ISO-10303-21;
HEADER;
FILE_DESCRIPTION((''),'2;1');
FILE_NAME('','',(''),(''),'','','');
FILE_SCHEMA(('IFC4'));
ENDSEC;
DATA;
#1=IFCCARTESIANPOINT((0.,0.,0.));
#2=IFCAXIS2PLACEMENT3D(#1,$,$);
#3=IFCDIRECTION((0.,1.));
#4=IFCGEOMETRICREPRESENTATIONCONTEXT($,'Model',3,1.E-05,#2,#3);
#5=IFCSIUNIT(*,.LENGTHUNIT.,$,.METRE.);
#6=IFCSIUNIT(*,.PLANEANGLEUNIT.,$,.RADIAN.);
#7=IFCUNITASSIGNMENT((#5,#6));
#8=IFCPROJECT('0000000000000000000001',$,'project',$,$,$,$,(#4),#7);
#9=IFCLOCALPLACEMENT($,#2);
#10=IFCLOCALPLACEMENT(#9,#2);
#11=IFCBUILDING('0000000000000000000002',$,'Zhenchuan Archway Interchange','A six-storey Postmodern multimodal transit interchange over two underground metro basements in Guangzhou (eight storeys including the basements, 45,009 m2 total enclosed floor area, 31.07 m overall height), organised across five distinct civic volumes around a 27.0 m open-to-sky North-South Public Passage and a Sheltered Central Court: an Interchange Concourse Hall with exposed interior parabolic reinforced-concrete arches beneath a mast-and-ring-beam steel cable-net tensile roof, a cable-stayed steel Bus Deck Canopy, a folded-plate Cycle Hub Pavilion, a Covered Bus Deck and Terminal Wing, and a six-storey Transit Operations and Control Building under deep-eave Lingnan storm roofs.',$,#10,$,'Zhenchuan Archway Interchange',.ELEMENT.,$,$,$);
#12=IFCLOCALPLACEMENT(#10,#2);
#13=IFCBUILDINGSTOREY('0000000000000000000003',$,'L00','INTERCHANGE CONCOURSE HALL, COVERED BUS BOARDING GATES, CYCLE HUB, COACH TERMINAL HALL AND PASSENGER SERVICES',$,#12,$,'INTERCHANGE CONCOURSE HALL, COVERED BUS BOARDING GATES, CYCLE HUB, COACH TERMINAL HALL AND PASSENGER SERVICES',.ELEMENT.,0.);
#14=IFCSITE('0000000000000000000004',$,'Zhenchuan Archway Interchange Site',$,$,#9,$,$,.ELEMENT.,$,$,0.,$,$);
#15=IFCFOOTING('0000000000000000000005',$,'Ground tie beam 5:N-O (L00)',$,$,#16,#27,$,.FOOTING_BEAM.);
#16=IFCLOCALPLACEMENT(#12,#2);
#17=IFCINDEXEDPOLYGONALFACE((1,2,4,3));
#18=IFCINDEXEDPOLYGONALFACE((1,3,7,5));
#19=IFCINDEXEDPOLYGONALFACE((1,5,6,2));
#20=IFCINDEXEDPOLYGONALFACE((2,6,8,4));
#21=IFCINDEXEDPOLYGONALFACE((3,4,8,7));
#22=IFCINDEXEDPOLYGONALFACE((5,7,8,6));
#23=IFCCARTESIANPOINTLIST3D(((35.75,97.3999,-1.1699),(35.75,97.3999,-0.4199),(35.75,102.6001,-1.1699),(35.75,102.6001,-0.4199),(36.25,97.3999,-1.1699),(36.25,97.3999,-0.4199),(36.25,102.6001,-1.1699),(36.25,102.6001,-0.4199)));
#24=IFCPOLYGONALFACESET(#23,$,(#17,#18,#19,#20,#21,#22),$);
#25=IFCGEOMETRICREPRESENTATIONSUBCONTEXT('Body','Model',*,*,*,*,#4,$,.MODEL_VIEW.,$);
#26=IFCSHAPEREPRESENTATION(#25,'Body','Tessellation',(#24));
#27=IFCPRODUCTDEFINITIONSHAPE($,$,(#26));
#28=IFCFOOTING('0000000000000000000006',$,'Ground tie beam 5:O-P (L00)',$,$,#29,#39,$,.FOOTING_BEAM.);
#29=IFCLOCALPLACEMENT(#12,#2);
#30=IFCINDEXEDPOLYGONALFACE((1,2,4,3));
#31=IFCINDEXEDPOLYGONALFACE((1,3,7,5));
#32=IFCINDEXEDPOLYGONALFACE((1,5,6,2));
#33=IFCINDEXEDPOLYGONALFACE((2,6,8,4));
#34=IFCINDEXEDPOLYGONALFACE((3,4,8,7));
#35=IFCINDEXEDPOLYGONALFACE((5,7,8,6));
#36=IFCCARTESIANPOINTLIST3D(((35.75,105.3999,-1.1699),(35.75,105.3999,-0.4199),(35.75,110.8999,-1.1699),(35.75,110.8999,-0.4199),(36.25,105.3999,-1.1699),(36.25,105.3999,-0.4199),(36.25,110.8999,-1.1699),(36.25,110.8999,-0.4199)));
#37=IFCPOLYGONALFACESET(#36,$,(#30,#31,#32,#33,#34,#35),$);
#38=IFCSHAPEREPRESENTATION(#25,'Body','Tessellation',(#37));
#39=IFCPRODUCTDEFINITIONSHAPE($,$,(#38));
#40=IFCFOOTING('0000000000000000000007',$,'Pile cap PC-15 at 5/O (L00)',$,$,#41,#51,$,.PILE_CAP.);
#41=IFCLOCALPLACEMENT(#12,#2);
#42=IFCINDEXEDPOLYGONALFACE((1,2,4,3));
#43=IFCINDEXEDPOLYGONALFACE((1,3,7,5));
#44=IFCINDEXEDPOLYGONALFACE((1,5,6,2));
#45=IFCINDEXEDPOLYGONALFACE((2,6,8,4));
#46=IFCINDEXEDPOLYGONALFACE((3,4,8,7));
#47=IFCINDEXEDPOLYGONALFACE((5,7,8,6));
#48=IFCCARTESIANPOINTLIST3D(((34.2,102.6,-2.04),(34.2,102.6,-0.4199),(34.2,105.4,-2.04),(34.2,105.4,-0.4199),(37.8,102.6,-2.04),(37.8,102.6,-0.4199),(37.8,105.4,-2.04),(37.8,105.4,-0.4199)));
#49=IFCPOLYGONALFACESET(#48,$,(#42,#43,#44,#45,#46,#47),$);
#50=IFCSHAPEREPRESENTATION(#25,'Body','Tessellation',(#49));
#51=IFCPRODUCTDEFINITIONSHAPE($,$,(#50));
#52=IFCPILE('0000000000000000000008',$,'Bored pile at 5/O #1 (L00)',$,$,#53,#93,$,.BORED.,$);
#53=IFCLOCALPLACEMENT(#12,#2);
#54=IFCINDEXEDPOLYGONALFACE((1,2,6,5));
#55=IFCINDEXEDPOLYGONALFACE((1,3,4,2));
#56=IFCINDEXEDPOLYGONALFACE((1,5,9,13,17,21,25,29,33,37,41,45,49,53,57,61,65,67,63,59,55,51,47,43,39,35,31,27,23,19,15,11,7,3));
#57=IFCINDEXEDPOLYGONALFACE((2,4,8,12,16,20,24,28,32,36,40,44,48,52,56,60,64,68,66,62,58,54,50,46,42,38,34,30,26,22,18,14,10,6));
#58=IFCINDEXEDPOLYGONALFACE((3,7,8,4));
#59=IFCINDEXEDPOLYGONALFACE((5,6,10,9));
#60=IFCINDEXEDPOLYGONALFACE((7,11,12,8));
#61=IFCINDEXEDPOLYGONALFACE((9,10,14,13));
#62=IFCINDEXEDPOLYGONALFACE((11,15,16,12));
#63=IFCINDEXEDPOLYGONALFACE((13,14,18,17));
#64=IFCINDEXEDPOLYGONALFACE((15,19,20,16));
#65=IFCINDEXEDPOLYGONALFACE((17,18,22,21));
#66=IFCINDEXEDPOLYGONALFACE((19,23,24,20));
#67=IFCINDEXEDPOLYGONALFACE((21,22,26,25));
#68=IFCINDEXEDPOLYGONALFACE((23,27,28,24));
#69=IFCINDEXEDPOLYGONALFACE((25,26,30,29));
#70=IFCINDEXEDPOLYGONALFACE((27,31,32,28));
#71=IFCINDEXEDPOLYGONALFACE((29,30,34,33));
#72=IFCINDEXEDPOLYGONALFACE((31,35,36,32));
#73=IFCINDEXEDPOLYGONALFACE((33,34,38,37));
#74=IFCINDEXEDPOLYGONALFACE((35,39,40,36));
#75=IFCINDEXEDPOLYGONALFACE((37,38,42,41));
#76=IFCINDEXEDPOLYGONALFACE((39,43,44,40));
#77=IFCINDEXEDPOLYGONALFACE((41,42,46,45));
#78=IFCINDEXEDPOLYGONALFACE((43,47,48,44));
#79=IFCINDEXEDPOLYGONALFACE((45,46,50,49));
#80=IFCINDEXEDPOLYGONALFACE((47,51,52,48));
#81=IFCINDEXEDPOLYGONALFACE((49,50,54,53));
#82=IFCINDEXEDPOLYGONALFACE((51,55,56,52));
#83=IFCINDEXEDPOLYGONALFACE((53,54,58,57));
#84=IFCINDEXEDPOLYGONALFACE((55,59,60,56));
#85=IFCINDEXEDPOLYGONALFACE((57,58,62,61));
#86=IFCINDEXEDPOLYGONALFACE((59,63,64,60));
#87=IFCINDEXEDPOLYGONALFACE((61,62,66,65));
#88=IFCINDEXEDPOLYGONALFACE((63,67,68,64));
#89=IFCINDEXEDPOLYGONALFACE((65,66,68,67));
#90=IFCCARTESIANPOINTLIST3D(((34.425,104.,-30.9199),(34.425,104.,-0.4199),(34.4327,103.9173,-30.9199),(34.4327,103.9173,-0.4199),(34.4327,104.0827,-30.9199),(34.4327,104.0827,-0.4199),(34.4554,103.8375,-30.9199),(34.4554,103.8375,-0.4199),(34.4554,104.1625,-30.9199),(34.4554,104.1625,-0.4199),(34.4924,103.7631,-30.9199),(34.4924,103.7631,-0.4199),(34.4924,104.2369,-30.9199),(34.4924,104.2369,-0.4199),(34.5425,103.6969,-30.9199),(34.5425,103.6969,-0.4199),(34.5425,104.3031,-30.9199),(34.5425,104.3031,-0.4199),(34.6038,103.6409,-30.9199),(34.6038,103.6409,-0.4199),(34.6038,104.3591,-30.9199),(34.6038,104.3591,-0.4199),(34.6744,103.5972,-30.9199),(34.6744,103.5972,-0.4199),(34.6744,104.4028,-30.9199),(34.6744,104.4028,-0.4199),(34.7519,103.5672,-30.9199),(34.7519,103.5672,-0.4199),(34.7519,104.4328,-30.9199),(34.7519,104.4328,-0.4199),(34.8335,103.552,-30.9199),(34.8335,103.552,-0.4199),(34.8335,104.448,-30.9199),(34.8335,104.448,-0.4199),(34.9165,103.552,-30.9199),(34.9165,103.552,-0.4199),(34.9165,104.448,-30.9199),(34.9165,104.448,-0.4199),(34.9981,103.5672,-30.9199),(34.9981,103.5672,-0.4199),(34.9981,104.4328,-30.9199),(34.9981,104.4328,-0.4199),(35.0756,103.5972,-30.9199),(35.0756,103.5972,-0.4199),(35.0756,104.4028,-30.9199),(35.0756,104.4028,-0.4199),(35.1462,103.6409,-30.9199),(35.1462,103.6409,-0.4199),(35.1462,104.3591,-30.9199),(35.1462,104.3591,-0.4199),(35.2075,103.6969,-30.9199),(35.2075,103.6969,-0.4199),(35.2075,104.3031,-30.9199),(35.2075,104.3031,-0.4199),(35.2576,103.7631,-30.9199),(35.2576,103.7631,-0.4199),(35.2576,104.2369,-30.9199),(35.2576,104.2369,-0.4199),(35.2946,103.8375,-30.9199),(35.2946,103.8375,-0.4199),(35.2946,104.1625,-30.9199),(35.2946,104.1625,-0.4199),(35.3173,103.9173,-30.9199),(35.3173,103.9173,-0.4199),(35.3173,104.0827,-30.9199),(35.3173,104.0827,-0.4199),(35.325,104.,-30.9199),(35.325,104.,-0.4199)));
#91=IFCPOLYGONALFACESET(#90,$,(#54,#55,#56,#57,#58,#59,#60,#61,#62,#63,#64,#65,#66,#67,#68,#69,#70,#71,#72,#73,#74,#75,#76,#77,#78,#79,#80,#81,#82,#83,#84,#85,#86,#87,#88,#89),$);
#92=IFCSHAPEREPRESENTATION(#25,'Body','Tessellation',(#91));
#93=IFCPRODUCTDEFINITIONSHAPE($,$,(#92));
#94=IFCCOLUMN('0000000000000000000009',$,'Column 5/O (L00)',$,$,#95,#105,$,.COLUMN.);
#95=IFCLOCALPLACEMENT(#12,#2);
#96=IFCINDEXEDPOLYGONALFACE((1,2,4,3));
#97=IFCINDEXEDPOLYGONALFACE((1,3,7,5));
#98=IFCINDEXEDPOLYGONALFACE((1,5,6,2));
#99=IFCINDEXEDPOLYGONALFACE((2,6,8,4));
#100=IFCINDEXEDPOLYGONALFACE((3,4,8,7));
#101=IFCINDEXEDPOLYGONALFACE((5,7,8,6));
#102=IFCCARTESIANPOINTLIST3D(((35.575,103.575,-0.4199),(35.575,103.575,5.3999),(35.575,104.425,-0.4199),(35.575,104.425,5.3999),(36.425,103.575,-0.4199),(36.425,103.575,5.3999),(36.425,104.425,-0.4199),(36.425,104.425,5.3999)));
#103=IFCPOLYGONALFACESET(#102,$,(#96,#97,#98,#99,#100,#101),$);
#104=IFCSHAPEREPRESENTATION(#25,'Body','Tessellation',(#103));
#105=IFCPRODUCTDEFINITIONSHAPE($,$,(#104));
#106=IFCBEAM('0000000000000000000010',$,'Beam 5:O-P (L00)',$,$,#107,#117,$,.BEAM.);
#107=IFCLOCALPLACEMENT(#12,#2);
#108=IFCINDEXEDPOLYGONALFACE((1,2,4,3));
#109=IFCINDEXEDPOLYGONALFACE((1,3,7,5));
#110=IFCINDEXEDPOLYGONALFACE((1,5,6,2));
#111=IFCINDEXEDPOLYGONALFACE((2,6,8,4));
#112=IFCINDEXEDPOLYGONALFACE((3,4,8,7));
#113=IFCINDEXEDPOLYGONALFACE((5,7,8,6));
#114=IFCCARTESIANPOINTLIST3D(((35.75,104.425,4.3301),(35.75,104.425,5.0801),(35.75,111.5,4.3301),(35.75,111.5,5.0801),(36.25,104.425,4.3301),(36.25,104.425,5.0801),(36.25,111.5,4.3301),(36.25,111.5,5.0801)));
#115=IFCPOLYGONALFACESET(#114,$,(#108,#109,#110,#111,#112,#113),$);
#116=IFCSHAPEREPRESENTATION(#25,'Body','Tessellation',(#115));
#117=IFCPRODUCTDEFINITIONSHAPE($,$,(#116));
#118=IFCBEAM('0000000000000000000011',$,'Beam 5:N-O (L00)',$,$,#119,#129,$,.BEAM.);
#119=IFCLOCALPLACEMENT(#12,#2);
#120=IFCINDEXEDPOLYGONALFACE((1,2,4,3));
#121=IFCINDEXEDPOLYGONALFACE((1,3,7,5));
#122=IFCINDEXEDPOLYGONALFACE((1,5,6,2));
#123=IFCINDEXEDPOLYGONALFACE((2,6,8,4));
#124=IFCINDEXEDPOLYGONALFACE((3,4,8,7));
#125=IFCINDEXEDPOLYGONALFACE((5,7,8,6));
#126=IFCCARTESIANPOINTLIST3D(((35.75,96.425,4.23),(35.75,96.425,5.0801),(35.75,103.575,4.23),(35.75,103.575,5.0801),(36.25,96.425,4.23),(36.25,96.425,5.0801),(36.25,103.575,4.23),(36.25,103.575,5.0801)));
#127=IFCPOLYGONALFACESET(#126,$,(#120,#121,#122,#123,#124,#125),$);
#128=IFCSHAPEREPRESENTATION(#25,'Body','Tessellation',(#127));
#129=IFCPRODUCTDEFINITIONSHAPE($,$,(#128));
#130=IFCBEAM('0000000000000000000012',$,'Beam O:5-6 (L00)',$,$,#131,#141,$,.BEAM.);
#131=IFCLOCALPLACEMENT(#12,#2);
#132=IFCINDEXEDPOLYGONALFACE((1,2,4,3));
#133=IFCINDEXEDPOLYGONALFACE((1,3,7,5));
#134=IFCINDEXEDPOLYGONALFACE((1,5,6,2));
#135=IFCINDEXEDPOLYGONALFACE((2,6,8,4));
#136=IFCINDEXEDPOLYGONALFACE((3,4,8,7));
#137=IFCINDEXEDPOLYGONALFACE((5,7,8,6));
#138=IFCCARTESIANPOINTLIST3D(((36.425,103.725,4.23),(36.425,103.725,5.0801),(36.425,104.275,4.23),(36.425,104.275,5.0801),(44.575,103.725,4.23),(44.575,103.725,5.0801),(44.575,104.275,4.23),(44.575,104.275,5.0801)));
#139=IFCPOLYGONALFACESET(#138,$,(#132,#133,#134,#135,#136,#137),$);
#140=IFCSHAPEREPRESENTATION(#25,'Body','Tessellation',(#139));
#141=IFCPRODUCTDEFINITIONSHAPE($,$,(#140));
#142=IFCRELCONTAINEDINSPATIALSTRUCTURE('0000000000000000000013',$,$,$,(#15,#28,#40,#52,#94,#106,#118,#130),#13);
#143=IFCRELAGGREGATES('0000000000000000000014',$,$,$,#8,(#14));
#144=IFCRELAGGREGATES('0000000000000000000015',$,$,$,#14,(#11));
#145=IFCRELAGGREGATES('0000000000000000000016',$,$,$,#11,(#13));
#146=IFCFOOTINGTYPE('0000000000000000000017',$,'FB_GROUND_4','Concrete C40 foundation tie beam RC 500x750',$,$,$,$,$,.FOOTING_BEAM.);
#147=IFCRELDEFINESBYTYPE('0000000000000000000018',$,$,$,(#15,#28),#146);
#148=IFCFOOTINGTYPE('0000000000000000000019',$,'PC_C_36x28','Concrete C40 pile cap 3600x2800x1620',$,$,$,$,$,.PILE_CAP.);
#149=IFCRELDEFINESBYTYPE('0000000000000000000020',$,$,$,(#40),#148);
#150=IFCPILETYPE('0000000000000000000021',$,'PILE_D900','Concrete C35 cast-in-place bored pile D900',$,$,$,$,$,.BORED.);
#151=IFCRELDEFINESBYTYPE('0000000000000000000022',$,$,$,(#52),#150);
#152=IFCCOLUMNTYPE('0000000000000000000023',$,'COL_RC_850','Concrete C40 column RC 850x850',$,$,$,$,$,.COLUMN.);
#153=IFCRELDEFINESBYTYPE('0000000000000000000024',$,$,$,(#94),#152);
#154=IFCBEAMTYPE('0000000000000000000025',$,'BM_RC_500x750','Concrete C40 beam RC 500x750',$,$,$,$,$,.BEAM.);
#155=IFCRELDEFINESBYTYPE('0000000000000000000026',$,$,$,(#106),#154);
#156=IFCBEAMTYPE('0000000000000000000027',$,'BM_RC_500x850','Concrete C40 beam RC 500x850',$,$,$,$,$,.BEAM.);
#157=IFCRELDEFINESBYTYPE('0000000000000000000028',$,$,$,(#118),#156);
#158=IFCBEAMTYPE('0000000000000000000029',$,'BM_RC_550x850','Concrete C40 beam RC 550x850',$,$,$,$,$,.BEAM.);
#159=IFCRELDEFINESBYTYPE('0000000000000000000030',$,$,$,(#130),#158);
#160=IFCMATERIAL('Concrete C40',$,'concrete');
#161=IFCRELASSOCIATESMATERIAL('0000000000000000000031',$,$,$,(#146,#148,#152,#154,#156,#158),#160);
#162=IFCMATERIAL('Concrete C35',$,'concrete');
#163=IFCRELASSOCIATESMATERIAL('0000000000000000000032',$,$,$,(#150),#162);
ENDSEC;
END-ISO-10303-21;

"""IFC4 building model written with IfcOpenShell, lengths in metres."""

from ifc_helpers import new_model, si_unit, direction, frame, origin, origin_2d, place, context, subcontext, project, spatial, rectangle, circle, extrude, material, material_profile, profile_set, type_object, element, save


model = new_model("IFC4")

# Units and contexts
model_context = context("Model", 3, precision=1e-05, world=origin(), true_north=direction((0.0, 1.0)))
body_context = subcontext(model_context, "Body", "Model", "MODEL_VIEW")
ifc_project = project(units=[si_unit("LENGTHUNIT", "METRE"), si_unit("PLANEANGLEUNIT", "RADIAN")], contexts=[model_context])

# Site, building, storey
site_placement = place(None, origin())
site = spatial("IfcSite", under=ifc_project, at=site_placement, Name="Zhenchuan Archway Interchange Site", CompositionType="ELEMENT", RefElevation=0.0)
building_placement = place(site_placement, origin())
building = spatial("IfcBuilding", under=site, at=building_placement, Name="Zhenchuan Archway Interchange", Description="A six-storey Postmodern multimodal transit interchange over two underground metro basements in Guangzhou (eight storeys including the basements, 45,009 m2 total enclosed floor area, 31.07 m overall height), organised across five distinct civic volumes around a 27.0 m open-to-sky North-South Public Passage and a Sheltered Central Court: an Interchange Concourse Hall with exposed interior parabolic reinforced-concrete arches beneath a mast-and-ring-beam steel cable-net tensile roof, a cable-stayed steel Bus Deck Canopy, a folded-plate Cycle Hub Pavilion, a Covered Bus Deck and Terminal Wing, and a six-storey Transit Operations and Control Building under deep-eave Lingnan storm roofs.", LongName="Zhenchuan Archway Interchange", CompositionType="ELEMENT")
storey_placement = place(building_placement, origin())
storey = spatial("IfcBuildingStorey", under=building, at=storey_placement, Name="L00", Description="INTERCHANGE CONCOURSE HALL, COVERED BUS BOARDING GATES, CYCLE HUB, COACH TERMINAL HALL AND PASSENGER SERVICES", LongName="INTERCHANGE CONCOURSE HALL, COVERED BUS BOARDING GATES, CYCLE HUB, COACH TERMINAL HALL AND PASSENGER SERVICES", CompositionType="ELEMENT", Elevation=0.0)

# Footings
ifc_material_1 = material(Name="Concrete C40", Category="concrete")
ifc_material_profile_1 = material_profile(ifc_material_1, rectangle(XDim=0.5, YDim=0.75, at=origin_2d()), Name="RC 500x750")
ifc_profile_set_1 = profile_set([ifc_material_profile_1], Name="Concrete C40")
footing_type_1 = type_object("IfcFootingType", Name="FB_GROUND_4", Description="Concrete C40 foundation tie beam RC 500x750", PredefinedType="FOOTING_BEAM", material=ifc_profile_set_1)
footing_1_placement = place(storey_placement, frame((36.0, 97.3999, -0.7949), z_axis=(0.0, 1.0, 0.0), x_axis=(-1.0, 0.0, 0.0)))
element("IfcFooting", 1, at=footing_1_placement, inside=storey, type_object=footing_type_1, Name="Ground tie beam 5:N-O (L00)", PredefinedType="FOOTING_BEAM", context=body_context, shape_type="SweptSolid", body=[
    extrude(rectangle(XDim=0.5, YDim=0.75, at=origin_2d()), origin(), (0.0, 0.0, 1.0), 5.2002),
])
footing_2_placement = place(storey_placement, frame((36.0, 105.3999, -0.7949), z_axis=(0.0, 1.0, 0.0), x_axis=(-1.0, 0.0, 0.0)))
element("IfcFooting", 2, at=footing_2_placement, inside=storey, type_object=footing_type_1, Name="Ground tie beam 5:O-P (L00)", PredefinedType="FOOTING_BEAM", context=body_context, shape_type="SweptSolid", body=[
    extrude(rectangle(XDim=0.5, YDim=0.75, at=origin_2d()), origin(), (0.0, 0.0, 1.0), 5.5),
])
footing_type_2 = type_object("IfcFootingType", Name="PC_C_36x28", Description="Concrete C40 pile cap 3600x2800x1620", PredefinedType="PILE_CAP", material=ifc_material_1)
footing_3_placement = place(storey_placement, frame((36.0, 104.0, -2.04), z_axis=(0.0, 0.0, 1.0), x_axis=(1.0, 0.0, 0.0)))
element("IfcFooting", 3, at=footing_3_placement, inside=storey, type_object=footing_type_2, Name="Pile cap PC-15 at 5/O (L00)", PredefinedType="PILE_CAP", context=body_context, shape_type="SweptSolid", body=[
    extrude(rectangle(XDim=3.6001, YDim=2.8, at=origin_2d()), origin(), (0.0, 0.0, 1.0), 1.6201),
])

# Pile
ifc_material_2 = material(Name="Concrete C35", Category="concrete")
ifc_material_profile_2 = material_profile(ifc_material_2, circle(Radius=0.45, at=origin_2d()), Name="BORED PILE 900")
ifc_profile_set_2 = profile_set([ifc_material_profile_2], Name="Concrete C35")
pile_type = type_object("IfcPileType", Name="PILE_D900", Description="Concrete C35 cast-in-place bored pile D900", PredefinedType="BORED", material=ifc_profile_set_2)
pile_placement = place(storey_placement, frame((34.875, 104.0, -0.4199), z_axis=(0.0, 0.0, -1.0), x_axis=(1.0, 0.0, 0.0)))
element("IfcPile", 4, at=pile_placement, inside=storey, type_object=pile_type, Name="Bored pile at 5/O #1 (L00)", PredefinedType="BORED", context=body_context, shape_type="SweptSolid", body=[
    extrude(circle(Radius=0.45, at=origin_2d()), origin(), (0.0, 0.0, 1.0), 30.5),
])

# Column
ifc_material_profile_3 = material_profile(ifc_material_1, rectangle(XDim=0.8501, YDim=0.8501, at=origin_2d()), Name="RC 850x850")
ifc_profile_set_3 = profile_set([ifc_material_profile_3], Name="Concrete C40")
column_type = type_object("IfcColumnType", Name="COL_RC_850", Description="Concrete C40 column RC 850x850", PredefinedType="COLUMN", material=ifc_profile_set_3)
column_placement = place(storey_placement, frame((36.0, 104.0, -0.4199), z_axis=(0.0, 0.0, 1.0), x_axis=(1.0, 0.0, 0.0)))
element("IfcColumn", 5, at=column_placement, inside=storey, type_object=column_type, Name="Column 5/O (L00)", PredefinedType="COLUMN", context=body_context, shape_type="SweptSolid", body=[
    extrude(rectangle(XDim=0.8501, YDim=0.8501, at=origin_2d()), origin(), (0.0, 0.0, 1.0), 5.8198),
])

# Beams
ifc_material_profile_4 = material_profile(ifc_material_1, rectangle(XDim=0.5, YDim=0.75, at=origin_2d()), Name="RC 500x750")
ifc_profile_set_4 = profile_set([ifc_material_profile_4], Name="Concrete C40")
beam_type_1 = type_object("IfcBeamType", Name="BM_RC_500x750", Description="Concrete C40 beam RC 500x750", PredefinedType="BEAM", material=ifc_profile_set_4)
beam_1_placement = place(storey_placement, frame((36.0, 104.425, 4.7051), z_axis=(0.0, 1.0, 0.0), x_axis=(-1.0, 0.0, 0.0)))
element("IfcBeam", 6, at=beam_1_placement, inside=storey, type_object=beam_type_1, Name="Beam 5:O-P (L00)", PredefinedType="BEAM", context=body_context, shape_type="SweptSolid", body=[
    extrude(rectangle(XDim=0.5, YDim=0.75, at=origin_2d()), origin(), (0.0, 0.0, 1.0), 7.075),
])
ifc_material_profile_5 = material_profile(ifc_material_1, rectangle(XDim=0.5, YDim=0.8501, at=origin_2d()), Name="RC 500x850")
ifc_profile_set_5 = profile_set([ifc_material_profile_5], Name="Concrete C40")
beam_type_2 = type_object("IfcBeamType", Name="BM_RC_500x850", Description="Concrete C40 beam RC 500x850", PredefinedType="BEAM", material=ifc_profile_set_5)
beam_2_placement = place(storey_placement, frame((36.0, 96.425, 4.655), z_axis=(0.0, 1.0, 0.0), x_axis=(-1.0, 0.0, 0.0)))
element("IfcBeam", 7, at=beam_2_placement, inside=storey, type_object=beam_type_2, Name="Beam 5:N-O (L00)", PredefinedType="BEAM", context=body_context, shape_type="SweptSolid", body=[
    extrude(rectangle(XDim=0.5, YDim=0.8501, at=origin_2d()), origin(), (0.0, 0.0, 1.0), 7.1499),
])
ifc_material_profile_6 = material_profile(ifc_material_1, rectangle(XDim=0.55, YDim=0.8501, at=origin_2d()), Name="RC 550x850")
ifc_profile_set_6 = profile_set([ifc_material_profile_6], Name="Concrete C40")
beam_type_3 = type_object("IfcBeamType", Name="BM_RC_550x850", Description="Concrete C40 beam RC 550x850", PredefinedType="BEAM", material=ifc_profile_set_6)
beam_3_placement = place(storey_placement, frame((36.425, 104.0, 4.655), z_axis=(1.0, 0.0, 0.0), x_axis=(0.0, 1.0, 0.0)))
element("IfcBeam", 8, at=beam_3_placement, inside=storey, type_object=beam_type_3, Name="Beam O:5-6 (L00)", PredefinedType="BEAM", context=body_context, shape_type="SweptSolid", body=[
    extrude(rectangle(XDim=0.55, YDim=0.8501, at=origin_2d()), origin(), (0.0, 0.0, 1.0), 8.1499),
])

save(model, "model.ifc")
